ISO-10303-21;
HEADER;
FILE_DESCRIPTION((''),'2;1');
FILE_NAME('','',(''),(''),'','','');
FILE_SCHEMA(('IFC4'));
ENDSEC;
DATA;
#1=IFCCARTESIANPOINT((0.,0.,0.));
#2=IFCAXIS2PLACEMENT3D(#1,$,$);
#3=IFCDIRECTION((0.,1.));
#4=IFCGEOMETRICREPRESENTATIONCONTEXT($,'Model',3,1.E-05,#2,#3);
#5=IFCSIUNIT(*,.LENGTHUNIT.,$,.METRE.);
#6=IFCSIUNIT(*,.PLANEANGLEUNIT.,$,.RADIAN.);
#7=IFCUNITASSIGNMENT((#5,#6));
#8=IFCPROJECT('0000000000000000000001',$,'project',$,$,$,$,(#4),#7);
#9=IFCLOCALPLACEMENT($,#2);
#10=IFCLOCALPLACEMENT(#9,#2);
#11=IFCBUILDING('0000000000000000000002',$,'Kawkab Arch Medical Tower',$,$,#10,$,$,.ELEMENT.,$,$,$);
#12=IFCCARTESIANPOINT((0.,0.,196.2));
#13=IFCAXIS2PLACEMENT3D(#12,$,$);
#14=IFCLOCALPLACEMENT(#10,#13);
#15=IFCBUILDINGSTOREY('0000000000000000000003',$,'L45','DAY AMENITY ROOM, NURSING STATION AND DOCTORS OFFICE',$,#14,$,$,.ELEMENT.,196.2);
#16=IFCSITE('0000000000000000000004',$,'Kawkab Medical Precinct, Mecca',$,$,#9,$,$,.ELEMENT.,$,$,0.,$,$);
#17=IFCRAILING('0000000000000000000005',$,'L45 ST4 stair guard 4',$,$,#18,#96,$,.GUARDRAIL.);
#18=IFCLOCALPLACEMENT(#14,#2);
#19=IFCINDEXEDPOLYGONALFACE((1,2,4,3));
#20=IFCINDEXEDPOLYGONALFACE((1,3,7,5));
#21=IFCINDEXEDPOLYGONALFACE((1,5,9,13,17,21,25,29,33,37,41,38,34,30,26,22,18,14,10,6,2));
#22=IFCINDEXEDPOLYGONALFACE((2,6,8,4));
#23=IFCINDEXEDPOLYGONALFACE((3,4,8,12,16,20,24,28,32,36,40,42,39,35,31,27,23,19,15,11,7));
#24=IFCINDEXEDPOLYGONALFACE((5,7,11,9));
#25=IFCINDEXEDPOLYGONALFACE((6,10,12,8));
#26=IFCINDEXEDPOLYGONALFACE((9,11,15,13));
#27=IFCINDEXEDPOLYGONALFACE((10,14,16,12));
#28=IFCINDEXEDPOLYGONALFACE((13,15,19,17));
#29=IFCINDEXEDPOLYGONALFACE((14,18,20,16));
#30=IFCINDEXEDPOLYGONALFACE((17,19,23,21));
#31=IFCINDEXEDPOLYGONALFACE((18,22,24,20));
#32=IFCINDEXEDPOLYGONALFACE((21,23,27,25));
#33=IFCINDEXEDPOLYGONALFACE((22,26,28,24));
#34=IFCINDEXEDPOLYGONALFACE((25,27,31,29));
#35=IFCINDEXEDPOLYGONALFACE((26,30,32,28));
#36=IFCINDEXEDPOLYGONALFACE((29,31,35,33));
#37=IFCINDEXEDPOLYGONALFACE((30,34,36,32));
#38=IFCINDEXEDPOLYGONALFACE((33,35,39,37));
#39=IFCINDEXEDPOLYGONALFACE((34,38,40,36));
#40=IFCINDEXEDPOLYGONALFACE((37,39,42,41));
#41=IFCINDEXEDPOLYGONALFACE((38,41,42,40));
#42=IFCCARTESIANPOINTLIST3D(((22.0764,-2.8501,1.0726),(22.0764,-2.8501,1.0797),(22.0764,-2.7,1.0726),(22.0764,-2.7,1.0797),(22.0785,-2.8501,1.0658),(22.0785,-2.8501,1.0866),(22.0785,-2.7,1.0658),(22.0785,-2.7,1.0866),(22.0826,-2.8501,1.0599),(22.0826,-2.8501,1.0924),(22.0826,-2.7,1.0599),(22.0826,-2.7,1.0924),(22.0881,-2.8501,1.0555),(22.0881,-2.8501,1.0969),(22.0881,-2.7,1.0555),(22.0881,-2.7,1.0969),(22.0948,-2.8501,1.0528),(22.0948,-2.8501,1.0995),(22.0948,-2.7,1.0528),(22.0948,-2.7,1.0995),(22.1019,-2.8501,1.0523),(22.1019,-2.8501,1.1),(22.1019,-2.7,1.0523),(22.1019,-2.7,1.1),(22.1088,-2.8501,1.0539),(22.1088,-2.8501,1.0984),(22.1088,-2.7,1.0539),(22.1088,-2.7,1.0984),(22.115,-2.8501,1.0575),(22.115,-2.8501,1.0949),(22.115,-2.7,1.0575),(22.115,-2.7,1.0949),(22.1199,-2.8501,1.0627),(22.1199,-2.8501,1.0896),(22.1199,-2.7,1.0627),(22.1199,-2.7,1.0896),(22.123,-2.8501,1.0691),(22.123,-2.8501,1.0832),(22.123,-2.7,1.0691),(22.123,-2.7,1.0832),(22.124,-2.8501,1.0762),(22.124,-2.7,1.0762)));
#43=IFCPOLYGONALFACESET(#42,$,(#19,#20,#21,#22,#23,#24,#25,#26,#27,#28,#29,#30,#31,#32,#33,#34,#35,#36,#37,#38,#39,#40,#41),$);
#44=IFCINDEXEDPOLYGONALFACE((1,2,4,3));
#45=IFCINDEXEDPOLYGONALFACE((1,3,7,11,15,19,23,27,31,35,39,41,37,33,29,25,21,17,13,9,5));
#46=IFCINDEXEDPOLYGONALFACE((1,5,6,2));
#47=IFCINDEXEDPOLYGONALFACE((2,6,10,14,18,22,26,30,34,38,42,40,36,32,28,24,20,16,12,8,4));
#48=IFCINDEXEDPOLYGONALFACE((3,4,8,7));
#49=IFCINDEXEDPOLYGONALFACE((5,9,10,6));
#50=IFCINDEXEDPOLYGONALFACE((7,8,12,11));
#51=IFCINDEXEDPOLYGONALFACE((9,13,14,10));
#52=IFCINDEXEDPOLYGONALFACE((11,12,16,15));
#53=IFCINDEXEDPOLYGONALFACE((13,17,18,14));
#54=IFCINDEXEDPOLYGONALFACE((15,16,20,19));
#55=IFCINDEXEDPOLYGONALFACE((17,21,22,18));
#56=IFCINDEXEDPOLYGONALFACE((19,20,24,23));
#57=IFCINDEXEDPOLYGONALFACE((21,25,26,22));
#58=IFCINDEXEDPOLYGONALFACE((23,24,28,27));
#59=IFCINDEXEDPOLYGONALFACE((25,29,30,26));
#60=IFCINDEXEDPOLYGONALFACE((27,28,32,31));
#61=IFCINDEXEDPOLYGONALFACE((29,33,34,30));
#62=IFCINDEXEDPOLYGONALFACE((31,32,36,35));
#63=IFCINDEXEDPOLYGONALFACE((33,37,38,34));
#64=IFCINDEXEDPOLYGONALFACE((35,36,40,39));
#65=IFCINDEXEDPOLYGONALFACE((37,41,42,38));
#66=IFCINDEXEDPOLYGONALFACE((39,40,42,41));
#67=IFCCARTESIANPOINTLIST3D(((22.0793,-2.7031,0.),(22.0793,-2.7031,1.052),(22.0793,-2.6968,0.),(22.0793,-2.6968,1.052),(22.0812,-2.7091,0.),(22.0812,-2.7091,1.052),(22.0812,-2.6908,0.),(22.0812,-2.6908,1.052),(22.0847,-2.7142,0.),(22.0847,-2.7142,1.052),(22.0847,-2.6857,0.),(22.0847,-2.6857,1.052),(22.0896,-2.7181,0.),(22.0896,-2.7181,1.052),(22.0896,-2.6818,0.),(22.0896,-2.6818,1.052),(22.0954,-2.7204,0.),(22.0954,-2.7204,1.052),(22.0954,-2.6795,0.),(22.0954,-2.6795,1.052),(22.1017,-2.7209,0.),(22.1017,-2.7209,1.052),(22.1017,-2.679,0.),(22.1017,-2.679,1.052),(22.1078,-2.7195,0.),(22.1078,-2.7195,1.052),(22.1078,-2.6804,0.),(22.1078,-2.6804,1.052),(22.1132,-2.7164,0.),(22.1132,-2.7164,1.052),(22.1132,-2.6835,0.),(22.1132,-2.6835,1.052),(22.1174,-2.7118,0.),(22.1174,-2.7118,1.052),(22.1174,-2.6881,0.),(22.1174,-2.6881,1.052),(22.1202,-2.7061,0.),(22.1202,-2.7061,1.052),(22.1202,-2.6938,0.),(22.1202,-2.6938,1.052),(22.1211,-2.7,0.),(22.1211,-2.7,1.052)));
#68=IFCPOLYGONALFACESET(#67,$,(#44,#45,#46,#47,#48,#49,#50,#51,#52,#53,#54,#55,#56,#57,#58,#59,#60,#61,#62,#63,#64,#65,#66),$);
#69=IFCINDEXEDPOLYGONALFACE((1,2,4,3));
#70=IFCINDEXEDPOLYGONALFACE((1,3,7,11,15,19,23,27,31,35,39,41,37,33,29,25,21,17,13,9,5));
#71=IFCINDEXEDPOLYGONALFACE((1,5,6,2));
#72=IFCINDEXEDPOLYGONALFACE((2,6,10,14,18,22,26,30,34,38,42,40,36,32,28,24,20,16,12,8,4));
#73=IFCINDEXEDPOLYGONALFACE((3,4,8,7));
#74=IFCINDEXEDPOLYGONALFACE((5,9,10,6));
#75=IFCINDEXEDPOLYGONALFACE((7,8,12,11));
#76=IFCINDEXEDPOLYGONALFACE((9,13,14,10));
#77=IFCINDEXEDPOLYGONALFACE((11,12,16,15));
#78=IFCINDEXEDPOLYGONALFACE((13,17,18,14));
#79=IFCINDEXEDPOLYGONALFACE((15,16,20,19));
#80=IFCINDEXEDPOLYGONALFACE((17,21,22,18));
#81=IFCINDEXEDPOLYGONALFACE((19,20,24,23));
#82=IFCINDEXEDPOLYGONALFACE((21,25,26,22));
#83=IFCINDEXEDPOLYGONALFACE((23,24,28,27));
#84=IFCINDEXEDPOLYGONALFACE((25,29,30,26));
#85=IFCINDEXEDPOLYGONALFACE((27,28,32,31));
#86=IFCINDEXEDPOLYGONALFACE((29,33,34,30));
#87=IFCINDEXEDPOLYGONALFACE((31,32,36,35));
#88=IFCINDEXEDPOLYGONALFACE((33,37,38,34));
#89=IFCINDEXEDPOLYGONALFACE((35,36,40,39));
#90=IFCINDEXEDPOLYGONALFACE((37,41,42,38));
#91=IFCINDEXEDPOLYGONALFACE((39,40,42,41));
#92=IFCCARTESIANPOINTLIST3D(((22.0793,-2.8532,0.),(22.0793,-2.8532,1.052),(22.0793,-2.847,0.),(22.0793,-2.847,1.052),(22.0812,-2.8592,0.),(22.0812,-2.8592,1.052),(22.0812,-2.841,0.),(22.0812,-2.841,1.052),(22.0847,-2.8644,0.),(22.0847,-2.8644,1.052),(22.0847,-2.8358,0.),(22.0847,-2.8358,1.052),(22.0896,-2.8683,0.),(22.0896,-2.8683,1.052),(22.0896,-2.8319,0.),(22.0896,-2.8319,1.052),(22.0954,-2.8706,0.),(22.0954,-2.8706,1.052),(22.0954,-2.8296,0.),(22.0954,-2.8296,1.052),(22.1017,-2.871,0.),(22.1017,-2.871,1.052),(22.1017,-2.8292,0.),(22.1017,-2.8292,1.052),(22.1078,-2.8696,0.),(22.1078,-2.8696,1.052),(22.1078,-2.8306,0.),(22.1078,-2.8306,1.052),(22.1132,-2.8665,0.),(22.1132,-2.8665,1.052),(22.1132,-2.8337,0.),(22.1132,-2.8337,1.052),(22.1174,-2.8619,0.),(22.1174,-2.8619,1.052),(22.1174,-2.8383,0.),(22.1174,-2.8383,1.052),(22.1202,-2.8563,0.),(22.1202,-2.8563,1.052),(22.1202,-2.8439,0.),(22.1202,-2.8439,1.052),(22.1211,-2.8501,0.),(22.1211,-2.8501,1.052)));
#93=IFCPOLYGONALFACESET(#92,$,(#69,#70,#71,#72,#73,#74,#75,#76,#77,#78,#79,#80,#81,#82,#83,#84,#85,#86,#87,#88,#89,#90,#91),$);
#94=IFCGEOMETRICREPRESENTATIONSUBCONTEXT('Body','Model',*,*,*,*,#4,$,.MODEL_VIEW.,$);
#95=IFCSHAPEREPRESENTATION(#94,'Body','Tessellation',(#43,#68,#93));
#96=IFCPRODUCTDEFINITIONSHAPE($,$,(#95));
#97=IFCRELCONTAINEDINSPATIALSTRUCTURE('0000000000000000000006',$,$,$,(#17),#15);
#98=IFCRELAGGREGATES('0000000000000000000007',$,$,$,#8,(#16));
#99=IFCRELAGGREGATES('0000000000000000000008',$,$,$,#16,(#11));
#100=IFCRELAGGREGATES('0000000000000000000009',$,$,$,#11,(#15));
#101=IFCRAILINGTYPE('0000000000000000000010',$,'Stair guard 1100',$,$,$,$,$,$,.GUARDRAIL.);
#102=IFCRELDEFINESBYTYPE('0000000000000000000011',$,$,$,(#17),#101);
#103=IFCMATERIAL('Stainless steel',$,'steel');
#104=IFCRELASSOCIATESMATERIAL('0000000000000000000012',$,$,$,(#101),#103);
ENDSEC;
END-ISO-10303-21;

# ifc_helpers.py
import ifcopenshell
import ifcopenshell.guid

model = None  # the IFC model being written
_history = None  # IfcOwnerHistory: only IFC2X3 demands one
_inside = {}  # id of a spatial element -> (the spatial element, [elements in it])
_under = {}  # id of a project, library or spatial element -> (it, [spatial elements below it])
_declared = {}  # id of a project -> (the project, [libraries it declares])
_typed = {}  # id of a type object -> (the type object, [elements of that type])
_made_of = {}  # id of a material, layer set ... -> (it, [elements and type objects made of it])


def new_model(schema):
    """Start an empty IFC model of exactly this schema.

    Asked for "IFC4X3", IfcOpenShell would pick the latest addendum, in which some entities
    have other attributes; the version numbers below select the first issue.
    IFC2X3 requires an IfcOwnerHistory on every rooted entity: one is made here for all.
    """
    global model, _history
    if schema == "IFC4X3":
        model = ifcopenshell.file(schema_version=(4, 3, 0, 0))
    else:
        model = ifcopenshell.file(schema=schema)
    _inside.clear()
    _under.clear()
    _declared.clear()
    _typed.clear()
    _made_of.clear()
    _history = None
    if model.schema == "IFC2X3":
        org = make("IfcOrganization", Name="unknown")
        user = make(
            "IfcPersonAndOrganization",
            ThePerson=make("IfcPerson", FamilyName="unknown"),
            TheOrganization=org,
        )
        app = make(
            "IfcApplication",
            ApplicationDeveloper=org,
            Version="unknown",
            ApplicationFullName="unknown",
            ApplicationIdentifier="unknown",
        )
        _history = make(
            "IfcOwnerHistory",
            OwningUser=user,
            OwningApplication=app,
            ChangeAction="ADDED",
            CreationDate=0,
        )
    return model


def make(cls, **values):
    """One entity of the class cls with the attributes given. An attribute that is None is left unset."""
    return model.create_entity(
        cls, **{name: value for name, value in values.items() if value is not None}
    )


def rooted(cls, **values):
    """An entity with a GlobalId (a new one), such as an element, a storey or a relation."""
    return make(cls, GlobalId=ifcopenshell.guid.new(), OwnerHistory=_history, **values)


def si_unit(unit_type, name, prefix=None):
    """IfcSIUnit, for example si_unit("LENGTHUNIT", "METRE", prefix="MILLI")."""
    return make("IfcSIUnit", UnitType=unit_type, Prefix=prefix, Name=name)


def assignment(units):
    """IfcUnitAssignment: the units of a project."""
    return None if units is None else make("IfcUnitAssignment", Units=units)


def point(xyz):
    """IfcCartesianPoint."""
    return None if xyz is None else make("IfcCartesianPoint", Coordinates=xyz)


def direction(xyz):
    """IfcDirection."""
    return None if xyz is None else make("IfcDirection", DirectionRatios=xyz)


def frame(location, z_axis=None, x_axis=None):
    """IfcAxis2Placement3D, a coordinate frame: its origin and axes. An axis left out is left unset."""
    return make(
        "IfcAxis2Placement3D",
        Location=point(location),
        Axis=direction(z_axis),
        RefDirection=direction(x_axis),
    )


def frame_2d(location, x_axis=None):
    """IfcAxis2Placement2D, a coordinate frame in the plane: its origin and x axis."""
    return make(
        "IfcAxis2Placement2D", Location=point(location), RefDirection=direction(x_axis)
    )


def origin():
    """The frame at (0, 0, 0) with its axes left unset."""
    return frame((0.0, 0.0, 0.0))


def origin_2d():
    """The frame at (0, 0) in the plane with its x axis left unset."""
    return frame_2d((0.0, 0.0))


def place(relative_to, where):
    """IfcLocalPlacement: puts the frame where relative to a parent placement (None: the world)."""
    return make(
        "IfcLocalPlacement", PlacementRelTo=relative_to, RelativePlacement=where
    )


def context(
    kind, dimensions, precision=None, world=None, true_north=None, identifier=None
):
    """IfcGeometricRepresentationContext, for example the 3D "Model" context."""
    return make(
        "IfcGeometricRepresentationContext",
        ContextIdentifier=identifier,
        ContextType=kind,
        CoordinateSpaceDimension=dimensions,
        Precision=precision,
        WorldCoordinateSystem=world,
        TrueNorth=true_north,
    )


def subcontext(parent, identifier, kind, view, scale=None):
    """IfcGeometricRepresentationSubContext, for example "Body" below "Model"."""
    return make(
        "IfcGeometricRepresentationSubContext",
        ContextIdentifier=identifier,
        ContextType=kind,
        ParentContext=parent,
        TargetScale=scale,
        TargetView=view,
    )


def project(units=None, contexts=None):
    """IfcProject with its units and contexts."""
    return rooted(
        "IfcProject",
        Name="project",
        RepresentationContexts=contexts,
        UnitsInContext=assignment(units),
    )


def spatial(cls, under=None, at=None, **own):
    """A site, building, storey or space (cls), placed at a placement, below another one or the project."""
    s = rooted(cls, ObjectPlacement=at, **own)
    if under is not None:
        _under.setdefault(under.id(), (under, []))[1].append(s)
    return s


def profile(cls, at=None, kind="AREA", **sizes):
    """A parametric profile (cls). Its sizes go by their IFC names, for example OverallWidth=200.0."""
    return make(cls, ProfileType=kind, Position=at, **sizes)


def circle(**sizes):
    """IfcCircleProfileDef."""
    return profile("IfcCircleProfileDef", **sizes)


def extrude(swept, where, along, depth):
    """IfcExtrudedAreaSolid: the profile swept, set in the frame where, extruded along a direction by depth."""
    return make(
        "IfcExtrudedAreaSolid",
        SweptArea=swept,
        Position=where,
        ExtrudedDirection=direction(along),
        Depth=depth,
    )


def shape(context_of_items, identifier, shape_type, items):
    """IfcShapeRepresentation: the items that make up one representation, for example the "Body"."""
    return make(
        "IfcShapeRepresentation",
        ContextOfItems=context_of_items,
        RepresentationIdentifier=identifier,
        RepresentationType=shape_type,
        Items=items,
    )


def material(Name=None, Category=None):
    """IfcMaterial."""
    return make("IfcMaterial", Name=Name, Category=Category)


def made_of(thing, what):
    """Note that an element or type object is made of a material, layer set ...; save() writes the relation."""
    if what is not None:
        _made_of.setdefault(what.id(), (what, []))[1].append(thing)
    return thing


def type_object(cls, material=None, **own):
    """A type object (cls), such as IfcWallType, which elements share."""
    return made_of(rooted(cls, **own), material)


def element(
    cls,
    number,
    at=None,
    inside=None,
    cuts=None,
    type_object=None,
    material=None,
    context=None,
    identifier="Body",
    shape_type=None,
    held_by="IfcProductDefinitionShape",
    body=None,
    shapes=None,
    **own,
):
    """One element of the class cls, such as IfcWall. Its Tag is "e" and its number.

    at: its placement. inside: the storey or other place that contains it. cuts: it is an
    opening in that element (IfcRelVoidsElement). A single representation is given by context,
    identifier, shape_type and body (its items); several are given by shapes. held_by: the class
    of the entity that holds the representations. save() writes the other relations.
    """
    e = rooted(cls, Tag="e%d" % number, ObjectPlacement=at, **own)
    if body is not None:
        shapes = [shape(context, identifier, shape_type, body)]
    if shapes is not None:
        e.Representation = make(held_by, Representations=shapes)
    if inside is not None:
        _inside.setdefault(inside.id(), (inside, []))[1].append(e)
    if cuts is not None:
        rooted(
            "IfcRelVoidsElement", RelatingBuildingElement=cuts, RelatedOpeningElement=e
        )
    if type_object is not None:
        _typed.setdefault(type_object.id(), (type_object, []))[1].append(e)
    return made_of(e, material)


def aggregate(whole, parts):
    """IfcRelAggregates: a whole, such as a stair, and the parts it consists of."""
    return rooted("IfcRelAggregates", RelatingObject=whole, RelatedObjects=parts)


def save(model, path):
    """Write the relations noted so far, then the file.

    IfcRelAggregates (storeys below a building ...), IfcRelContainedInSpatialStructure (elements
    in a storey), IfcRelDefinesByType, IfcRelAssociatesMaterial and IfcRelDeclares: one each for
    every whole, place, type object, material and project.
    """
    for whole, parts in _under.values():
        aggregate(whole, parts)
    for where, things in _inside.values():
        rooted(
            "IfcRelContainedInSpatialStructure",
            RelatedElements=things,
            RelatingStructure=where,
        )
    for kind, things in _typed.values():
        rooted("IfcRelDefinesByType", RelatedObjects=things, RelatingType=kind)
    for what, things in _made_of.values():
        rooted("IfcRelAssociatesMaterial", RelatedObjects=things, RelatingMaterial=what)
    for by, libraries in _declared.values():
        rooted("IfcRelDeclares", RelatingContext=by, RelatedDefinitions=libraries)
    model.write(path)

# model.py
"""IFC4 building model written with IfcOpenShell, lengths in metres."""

from ifc_helpers import new_model, si_unit, direction, frame, origin, origin_2d, place, context, subcontext, project, spatial, circle, extrude, material, type_object, element, save


model = new_model("IFC4")

# Units and contexts
model_context = context("Model", 3, precision=1e-05, world=origin(), true_north=direction((0.0, 1.0)))
body_context = subcontext(model_context, "Body", "Model", "MODEL_VIEW")
ifc_project = project(units=[si_unit("LENGTHUNIT", "METRE"), si_unit("PLANEANGLEUNIT", "RADIAN")], contexts=[model_context])

# Site, building, storey
site_placement = place(None, origin())
site = spatial("IfcSite", under=ifc_project, at=site_placement, Name="Kawkab Medical Precinct, Mecca", CompositionType="ELEMENT", RefElevation=0.0)
building_placement = place(site_placement, origin())
building = spatial("IfcBuilding", under=site, at=building_placement, Name="Kawkab Arch Medical Tower", CompositionType="ELEMENT")
storey_placement = place(building_placement, frame((0.0, 0.0, 196.2)))
storey = spatial("IfcBuildingStorey", under=building, at=storey_placement, Name="L45", Description="DAY AMENITY ROOM, NURSING STATION AND DOCTORS OFFICE", CompositionType="ELEMENT", Elevation=196.2)

# Railing
ifc_material_1 = material(Name="Stainless steel", Category="steel")
railing_type = type_object("IfcRailingType", Name="Stair guard 1100", PredefinedType="GUARDRAIL", material=ifc_material_1)
railing_1_placement = place(storey_placement, frame((22.1001, -2.7, 0.0)))
element("IfcRailing", 1, at=railing_1_placement, inside=storey, type_object=railing_type, Name="L45 ST4 stair guard 4", PredefinedType="GUARDRAIL", context=body_context, shape_type="SweptSolid", body=[
    extrude(circle(Radius=0.0239, at=origin_2d()), frame((0.0, 0.0, 1.0762), z_axis=(0.0, -1.0, 0.0), x_axis=(1.0, 0.0, 0.0)), (0.0, 0.0, 1.0), 0.1501),
    extrude(circle(Radius=0.021, at=origin_2d()), origin(), (0.0, 0.0, 1.0), 1.052),
    extrude(circle(Radius=0.021, at=origin_2d()), frame((0.0, -0.1501, 0.0)), (0.0, 0.0, 1.0), 1.052),
])

save(model, "model.ifc")
